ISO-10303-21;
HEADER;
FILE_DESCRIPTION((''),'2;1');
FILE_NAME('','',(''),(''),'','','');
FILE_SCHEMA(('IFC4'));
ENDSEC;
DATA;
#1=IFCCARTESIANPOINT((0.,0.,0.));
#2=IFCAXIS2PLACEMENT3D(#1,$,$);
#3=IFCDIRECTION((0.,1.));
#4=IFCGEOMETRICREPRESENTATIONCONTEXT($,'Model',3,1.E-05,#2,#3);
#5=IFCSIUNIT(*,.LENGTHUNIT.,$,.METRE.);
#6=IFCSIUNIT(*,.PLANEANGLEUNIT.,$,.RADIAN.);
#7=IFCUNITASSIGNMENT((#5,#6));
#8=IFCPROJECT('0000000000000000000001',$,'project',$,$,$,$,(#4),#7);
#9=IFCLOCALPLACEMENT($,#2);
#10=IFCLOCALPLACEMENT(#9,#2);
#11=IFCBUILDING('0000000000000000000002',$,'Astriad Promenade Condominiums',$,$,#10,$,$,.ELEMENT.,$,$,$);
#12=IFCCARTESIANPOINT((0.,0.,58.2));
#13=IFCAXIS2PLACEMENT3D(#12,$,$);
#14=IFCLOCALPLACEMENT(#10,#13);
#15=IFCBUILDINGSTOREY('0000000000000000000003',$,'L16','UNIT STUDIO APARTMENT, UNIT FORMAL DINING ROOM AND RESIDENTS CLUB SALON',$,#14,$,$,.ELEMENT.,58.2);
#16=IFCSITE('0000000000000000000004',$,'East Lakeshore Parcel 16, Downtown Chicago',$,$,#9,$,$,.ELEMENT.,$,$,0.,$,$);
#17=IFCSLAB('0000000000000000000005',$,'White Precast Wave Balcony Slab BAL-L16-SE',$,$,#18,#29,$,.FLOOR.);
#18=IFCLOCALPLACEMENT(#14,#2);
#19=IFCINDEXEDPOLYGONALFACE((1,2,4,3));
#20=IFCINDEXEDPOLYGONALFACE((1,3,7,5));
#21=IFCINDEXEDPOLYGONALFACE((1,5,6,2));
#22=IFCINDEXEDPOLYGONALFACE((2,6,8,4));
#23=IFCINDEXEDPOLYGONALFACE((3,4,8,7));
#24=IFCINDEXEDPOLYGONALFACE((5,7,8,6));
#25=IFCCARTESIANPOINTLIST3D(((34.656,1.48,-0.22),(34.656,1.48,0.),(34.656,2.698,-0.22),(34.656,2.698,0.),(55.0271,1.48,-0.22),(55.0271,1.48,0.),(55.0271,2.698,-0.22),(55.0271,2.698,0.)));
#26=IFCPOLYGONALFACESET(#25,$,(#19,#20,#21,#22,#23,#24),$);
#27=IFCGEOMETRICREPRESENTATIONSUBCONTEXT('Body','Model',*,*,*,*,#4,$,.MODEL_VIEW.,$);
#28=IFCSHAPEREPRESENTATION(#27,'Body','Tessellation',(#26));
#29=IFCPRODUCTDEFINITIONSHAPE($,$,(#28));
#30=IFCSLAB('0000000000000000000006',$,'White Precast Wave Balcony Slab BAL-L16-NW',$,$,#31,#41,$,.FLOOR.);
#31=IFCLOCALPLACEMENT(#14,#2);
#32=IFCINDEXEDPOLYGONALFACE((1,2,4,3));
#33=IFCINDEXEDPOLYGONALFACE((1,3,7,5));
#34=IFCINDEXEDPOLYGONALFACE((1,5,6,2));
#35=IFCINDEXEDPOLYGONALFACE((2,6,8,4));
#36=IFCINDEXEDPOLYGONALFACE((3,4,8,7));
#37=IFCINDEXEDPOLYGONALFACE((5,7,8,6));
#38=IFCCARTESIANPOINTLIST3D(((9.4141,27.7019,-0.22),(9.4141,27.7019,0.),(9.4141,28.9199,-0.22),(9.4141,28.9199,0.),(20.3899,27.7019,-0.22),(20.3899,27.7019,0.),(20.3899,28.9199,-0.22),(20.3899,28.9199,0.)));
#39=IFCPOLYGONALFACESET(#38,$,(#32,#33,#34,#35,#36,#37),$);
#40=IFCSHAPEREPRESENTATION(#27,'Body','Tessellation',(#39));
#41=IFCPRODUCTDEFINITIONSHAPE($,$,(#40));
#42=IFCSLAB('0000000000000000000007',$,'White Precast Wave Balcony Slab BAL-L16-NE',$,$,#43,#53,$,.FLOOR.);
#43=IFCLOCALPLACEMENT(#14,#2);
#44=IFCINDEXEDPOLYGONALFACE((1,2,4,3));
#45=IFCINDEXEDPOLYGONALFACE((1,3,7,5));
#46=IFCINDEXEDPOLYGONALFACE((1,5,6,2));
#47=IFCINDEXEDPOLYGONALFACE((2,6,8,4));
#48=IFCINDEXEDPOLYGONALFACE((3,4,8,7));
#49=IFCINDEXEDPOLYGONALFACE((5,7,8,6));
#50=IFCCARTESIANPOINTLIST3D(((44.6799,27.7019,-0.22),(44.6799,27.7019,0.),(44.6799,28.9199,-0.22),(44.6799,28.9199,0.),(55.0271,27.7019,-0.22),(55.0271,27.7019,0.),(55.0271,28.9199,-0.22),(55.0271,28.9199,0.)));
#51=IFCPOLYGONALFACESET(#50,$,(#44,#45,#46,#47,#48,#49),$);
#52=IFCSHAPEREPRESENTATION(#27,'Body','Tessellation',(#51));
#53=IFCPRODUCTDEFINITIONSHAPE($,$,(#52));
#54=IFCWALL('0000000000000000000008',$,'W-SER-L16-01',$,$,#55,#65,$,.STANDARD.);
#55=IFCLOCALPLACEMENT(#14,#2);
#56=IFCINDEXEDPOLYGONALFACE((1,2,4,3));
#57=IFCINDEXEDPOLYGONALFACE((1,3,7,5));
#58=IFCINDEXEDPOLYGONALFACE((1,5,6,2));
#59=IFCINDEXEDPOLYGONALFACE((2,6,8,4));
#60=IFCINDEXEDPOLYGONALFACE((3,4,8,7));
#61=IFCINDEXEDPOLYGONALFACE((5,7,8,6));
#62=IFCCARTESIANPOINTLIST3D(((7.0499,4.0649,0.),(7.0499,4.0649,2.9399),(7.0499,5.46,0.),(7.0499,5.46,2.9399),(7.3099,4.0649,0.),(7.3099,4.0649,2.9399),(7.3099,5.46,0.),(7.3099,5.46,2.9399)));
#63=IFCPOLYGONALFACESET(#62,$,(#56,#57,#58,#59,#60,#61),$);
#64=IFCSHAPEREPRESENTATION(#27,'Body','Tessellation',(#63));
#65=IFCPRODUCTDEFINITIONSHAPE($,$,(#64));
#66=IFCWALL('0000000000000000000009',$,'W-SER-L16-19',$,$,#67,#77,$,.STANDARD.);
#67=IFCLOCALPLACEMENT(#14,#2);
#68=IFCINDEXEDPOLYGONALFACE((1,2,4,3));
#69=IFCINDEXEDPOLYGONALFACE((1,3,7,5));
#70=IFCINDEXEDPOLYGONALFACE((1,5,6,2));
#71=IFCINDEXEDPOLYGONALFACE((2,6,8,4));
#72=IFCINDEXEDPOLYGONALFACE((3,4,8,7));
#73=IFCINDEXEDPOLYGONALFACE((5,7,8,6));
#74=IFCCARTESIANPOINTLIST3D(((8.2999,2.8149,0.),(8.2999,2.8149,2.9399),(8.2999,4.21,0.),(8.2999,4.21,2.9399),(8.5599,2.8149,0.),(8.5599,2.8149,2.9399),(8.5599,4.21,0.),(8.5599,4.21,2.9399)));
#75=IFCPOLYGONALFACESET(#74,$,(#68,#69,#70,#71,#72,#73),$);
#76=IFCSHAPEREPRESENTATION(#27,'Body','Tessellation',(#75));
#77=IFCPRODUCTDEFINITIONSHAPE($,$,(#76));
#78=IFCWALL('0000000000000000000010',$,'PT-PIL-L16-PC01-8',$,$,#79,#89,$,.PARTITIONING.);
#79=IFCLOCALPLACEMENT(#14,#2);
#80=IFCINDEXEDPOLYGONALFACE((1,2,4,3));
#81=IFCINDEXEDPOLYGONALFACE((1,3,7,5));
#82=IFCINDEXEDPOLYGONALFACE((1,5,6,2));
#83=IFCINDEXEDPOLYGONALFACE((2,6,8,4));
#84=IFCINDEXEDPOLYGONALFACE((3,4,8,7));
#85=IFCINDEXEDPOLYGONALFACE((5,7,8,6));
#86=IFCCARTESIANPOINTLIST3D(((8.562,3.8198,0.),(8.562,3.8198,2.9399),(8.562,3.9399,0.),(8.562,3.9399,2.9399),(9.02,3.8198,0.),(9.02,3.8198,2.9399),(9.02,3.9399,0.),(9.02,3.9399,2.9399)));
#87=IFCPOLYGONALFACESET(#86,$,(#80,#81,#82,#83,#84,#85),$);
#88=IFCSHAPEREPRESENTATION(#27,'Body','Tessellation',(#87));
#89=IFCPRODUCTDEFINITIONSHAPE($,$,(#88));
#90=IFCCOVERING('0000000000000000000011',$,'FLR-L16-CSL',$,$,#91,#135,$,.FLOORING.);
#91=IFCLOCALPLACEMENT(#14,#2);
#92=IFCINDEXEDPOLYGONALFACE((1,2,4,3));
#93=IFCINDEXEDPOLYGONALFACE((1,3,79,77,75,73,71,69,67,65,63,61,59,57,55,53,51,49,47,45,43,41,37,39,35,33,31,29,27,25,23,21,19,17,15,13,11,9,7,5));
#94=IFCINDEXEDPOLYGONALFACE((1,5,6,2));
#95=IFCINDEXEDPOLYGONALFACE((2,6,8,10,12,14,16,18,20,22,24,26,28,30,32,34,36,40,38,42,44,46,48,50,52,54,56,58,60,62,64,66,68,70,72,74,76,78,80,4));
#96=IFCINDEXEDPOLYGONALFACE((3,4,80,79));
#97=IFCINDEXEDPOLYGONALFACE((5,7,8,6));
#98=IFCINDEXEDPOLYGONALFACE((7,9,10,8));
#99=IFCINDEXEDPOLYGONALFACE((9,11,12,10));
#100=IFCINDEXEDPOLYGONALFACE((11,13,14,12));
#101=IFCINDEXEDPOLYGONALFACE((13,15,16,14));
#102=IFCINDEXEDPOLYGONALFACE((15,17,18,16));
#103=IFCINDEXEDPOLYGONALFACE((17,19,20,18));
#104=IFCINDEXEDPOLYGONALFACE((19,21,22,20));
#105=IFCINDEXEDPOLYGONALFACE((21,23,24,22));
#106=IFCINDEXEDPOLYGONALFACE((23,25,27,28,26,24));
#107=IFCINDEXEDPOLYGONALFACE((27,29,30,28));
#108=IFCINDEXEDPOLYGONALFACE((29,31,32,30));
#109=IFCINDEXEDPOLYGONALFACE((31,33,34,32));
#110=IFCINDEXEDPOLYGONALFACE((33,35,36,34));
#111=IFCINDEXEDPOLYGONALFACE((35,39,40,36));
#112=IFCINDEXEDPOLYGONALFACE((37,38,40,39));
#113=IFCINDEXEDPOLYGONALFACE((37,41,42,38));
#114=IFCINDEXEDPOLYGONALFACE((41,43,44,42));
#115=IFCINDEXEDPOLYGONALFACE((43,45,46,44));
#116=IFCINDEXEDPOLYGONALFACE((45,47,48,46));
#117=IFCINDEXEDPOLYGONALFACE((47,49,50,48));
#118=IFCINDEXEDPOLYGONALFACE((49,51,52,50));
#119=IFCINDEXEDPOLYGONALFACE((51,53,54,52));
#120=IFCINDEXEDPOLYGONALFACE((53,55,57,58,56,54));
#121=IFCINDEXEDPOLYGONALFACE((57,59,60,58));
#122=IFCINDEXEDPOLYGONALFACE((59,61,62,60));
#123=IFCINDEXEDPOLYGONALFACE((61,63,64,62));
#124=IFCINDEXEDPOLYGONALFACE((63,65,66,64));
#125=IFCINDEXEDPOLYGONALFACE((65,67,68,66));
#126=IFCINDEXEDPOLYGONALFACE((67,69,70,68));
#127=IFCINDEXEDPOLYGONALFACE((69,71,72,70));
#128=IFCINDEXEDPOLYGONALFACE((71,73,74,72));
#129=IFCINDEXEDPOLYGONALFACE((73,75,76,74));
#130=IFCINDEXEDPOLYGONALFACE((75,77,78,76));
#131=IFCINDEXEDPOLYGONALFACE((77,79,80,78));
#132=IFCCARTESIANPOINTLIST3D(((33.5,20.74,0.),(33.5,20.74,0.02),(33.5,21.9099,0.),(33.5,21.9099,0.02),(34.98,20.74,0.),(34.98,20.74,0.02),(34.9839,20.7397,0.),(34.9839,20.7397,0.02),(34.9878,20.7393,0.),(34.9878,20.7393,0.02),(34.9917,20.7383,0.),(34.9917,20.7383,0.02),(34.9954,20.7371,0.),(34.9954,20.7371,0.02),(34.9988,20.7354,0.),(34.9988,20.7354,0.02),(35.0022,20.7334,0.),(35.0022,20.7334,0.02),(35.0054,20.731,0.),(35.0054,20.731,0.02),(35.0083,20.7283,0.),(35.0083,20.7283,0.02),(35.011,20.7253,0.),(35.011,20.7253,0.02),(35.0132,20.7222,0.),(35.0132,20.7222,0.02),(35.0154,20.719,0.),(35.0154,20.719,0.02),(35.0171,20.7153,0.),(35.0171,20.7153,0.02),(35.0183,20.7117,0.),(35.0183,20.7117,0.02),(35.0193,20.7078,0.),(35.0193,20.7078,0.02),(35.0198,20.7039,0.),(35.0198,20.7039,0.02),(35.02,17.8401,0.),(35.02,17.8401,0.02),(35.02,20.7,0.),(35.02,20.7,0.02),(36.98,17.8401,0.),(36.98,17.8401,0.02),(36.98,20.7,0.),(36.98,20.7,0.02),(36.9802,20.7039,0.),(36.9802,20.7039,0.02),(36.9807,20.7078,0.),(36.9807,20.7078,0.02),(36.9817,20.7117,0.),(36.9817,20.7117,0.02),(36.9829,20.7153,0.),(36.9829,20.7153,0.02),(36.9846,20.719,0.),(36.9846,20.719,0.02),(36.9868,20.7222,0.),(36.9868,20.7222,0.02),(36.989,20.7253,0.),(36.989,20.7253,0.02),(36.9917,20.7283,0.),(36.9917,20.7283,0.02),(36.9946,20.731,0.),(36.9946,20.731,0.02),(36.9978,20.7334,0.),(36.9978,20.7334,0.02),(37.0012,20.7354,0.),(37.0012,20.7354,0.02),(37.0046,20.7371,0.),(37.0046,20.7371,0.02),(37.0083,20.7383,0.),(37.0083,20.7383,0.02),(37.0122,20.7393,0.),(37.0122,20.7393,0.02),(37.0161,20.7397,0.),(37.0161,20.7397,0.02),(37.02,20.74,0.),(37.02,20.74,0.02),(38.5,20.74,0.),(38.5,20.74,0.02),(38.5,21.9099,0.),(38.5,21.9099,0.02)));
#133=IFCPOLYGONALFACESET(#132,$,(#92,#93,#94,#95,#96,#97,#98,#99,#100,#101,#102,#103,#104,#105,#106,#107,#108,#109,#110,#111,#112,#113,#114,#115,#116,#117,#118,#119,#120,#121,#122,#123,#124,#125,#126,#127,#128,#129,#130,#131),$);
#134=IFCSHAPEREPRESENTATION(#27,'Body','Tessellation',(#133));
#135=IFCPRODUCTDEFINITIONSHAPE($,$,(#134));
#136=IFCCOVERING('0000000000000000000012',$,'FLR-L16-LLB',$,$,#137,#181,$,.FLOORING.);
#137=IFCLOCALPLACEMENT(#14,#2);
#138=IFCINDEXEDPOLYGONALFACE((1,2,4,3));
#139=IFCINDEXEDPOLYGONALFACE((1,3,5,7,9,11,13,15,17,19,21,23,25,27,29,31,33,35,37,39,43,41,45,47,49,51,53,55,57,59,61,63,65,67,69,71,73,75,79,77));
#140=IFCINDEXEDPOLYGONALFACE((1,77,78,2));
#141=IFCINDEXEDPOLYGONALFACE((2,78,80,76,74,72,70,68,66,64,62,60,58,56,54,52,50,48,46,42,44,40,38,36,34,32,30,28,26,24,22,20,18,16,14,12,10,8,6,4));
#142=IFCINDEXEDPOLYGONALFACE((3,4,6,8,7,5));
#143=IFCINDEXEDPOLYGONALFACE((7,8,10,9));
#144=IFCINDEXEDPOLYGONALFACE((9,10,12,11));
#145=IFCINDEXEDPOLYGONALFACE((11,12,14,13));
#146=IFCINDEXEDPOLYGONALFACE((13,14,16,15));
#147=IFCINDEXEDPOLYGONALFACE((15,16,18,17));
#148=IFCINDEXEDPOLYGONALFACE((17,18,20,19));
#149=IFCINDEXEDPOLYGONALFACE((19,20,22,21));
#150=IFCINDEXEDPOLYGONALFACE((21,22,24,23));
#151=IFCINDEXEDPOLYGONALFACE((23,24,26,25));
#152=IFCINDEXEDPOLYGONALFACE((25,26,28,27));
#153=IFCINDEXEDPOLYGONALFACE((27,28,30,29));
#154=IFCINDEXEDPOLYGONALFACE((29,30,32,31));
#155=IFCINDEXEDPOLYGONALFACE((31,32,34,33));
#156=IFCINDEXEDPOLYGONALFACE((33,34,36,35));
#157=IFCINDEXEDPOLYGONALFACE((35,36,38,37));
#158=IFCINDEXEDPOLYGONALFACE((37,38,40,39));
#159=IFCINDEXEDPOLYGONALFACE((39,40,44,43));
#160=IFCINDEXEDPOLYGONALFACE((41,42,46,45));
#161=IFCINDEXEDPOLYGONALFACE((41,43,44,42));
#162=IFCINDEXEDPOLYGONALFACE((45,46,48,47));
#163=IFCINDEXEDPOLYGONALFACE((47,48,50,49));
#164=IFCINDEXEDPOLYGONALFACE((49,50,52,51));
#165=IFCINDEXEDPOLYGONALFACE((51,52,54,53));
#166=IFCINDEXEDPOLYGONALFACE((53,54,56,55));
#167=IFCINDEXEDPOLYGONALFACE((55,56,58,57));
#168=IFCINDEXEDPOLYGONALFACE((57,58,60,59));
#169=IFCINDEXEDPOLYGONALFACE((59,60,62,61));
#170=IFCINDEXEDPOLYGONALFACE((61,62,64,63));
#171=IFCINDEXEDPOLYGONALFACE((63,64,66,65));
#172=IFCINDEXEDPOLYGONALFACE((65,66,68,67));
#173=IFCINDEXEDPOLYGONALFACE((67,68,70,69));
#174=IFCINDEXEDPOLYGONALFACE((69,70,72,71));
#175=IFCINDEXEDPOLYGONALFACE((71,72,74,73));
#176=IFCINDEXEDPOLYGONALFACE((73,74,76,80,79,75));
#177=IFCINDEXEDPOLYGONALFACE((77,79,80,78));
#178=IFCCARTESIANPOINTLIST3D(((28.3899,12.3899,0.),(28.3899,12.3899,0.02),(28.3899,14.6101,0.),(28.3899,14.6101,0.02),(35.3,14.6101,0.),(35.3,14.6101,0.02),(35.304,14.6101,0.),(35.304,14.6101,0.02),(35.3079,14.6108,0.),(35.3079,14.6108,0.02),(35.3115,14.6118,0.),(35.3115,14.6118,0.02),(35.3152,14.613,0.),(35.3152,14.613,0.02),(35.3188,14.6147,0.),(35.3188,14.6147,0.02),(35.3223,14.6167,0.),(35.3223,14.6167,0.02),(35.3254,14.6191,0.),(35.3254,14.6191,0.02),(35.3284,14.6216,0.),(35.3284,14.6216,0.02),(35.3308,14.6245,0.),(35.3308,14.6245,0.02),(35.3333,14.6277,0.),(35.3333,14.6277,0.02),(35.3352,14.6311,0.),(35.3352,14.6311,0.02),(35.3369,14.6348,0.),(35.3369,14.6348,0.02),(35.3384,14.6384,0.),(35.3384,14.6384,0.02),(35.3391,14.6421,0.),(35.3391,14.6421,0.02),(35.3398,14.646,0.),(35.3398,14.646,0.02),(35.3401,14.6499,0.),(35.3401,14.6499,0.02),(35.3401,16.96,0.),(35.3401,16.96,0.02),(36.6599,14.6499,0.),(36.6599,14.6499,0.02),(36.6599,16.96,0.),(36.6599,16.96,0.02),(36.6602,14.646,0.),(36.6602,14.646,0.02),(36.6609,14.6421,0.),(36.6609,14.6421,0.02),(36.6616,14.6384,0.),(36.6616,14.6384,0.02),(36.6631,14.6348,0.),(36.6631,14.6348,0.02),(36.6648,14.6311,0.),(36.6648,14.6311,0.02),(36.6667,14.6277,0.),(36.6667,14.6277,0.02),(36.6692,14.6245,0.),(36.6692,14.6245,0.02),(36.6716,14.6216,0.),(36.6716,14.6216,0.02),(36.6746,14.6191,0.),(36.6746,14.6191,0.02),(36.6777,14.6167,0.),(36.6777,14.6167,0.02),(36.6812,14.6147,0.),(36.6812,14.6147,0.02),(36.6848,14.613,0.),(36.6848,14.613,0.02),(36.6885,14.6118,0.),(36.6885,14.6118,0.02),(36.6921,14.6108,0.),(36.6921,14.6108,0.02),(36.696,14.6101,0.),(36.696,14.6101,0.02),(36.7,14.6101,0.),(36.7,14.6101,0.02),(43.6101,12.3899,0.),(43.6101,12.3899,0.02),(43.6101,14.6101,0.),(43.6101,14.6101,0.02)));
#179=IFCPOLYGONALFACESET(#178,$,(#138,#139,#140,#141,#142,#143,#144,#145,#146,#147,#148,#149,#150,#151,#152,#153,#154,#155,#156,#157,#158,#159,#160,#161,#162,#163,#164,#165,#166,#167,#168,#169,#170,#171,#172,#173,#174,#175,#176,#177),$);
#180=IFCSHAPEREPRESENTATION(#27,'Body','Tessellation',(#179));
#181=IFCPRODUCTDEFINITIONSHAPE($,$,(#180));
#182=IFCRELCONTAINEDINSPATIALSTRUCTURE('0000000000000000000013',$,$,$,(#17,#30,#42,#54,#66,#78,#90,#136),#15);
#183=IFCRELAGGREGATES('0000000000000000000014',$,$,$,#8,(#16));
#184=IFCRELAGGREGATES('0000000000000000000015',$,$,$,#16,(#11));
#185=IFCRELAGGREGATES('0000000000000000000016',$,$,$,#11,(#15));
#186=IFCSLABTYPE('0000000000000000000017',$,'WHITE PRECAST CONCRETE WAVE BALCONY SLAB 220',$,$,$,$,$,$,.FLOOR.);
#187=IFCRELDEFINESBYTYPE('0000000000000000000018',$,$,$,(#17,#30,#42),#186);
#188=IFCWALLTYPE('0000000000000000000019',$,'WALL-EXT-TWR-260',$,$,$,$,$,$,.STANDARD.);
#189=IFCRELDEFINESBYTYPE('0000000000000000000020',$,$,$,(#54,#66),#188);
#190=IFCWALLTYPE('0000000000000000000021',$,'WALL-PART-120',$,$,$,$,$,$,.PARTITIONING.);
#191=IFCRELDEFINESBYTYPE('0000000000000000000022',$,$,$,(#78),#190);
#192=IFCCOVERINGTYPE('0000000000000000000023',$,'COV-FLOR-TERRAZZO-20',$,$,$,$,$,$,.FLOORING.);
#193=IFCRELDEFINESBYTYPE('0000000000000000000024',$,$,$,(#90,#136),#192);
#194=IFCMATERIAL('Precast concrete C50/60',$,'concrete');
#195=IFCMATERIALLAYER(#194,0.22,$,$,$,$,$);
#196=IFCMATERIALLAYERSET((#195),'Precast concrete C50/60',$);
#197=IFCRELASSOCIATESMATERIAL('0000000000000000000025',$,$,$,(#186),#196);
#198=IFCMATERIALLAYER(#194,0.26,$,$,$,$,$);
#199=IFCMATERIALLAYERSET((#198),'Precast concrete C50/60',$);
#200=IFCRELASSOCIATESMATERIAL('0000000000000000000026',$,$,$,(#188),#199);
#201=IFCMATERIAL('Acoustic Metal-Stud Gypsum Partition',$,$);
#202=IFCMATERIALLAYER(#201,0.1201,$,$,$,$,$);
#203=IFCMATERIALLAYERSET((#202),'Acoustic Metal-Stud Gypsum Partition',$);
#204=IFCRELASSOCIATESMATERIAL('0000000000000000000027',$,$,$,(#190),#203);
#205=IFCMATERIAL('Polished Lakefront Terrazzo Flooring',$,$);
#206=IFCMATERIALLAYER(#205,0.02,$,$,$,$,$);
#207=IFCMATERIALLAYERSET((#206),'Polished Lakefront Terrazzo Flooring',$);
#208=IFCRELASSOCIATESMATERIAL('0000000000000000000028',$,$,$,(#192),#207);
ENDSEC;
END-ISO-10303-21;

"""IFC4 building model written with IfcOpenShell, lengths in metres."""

from ifc_helpers import new_model, si_unit, direction, frame, frame_2d, origin, place, context, subcontext, project, spatial, polyline, rectangle, outline, extrude, material, layer, layer_set, type_object, element, save


model = new_model("IFC4")

# Units and contexts
model_context = context("Model", 3, precision=1e-05, world=origin(), true_north=direction((0.0, 1.0)))
body_context = subcontext(model_context, "Body", "Model", "MODEL_VIEW")
ifc_project = project(units=[si_unit("LENGTHUNIT", "METRE"), si_unit("PLANEANGLEUNIT", "RADIAN")], contexts=[model_context])

# Site, building, storey
site_placement = place(None, origin())
site = spatial("IfcSite", under=ifc_project, at=site_placement, Name="East Lakeshore Parcel 16, Downtown Chicago", CompositionType="ELEMENT", RefElevation=0.0)
building_placement = place(site_placement, origin())
building = spatial("IfcBuilding", under=site, at=building_placement, Name="Astriad Promenade Condominiums", CompositionType="ELEMENT")
storey_placement = place(building_placement, frame((0.0, 0.0, 58.2)))
storey = spatial("IfcBuildingStorey", under=building, at=storey_placement, Name="L16", Description="UNIT STUDIO APARTMENT, UNIT FORMAL DINING ROOM AND RESIDENTS CLUB SALON", CompositionType="ELEMENT", Elevation=58.2)

# Slabs
ifc_material_1 = material(Name="Precast concrete C50/60", Category="concrete")
ifc_layer_1 = layer(ifc_material_1, 0.22)
ifc_layer_set_1 = layer_set([ifc_layer_1], Name="Precast concrete C50/60")
slab_type_1 = type_object("IfcSlabType", Name="WHITE PRECAST CONCRETE WAVE BALCONY SLAB 220", PredefinedType="FLOOR", material=ifc_layer_set_1)
slab_1_placement = place(storey_placement, frame((0.0, 0.0, -0.22)))
element("IfcSlab", 1, at=slab_1_placement, inside=storey, type_object=slab_type_1, Name="White Precast Wave Balcony Slab BAL-L16-SE", PredefinedType="FLOOR", context=body_context, shape_type="SweptSolid", body=[
    extrude(outline(polyline([(55.0271, 1.48), (34.656, 1.48), (34.656, 2.698), (55.0271, 2.698), (55.0271, 1.48)])), origin(), (0.0, 0.0, 1.0), 0.22),
])
slab_2_placement = place(storey_placement, frame((0.0, 0.0, -0.22)))
element("IfcSlab", 2, at=slab_2_placement, inside=storey, type_object=slab_type_1, Name="White Precast Wave Balcony Slab BAL-L16-NW", PredefinedType="FLOOR", context=body_context, shape_type="SweptSolid", body=[
    extrude(outline(polyline([(9.4141, 28.9199), (20.3899, 28.9199), (20.3899, 27.7019), (9.4141, 27.7019), (9.4141, 28.9199)])), origin(), (0.0, 0.0, 1.0), 0.22),
])
slab_3_placement = place(storey_placement, frame((0.0, 0.0, -0.22)))
element("IfcSlab", 3, at=slab_3_placement, inside=storey, type_object=slab_type_1, Name="White Precast Wave Balcony Slab BAL-L16-NE", PredefinedType="FLOOR", context=body_context, shape_type="SweptSolid", body=[
    extrude(outline(polyline([(44.6799, 28.9199), (55.0271, 28.9199), (55.0271, 27.7019), (44.6799, 27.7019), (44.6799, 28.9199)])), origin(), (0.0, 0.0, 1.0), 0.22),
])

# Walls
ifc_layer_2 = layer(ifc_material_1, 0.26)
ifc_layer_set_2 = layer_set([ifc_layer_2], Name="Precast concrete C50/60")
wall_type_1 = type_object("IfcWallType", Name="WALL-EXT-TWR-260", PredefinedType="STANDARD", material=ifc_layer_set_2)
for number, where, z_axis, x_axis, name in (
    (4, (7.1799, 4.0649, 0.0), (0.0, 0.0, 1.0), (0.0, 1.0, 0.0), "W-SER-L16-01"),
    (5, (8.4299, 2.8149, 0.0), (0.0, 0.0, 1.0), (0.0, 1.0, 0.0), "W-SER-L16-19"),
):
    element("IfcWall", number, at=place(storey_placement, frame(where, z_axis=z_axis, x_axis=x_axis)), inside=storey, type_object=wall_type_1, Name=name, PredefinedType="STANDARD", context=body_context, shape_type="SweptSolid", body=[
        extrude(rectangle(XDim=1.395, YDim=0.26, at=frame_2d((0.6975, 0.0))), origin(), (0.0, 0.0, 1.0), 2.9399),
    ])
ifc_material_2 = material(Name="Acoustic Metal-Stud Gypsum Partition")
ifc_layer_3 = layer(ifc_material_2, 0.1201)
ifc_layer_set_3 = layer_set([ifc_layer_3], Name="Acoustic Metal-Stud Gypsum Partition")
wall_type_2 = type_object("IfcWallType", Name="WALL-PART-120", PredefinedType="PARTITIONING", material=ifc_layer_set_3)
wall_placement = place(storey_placement, frame((9.02, 3.8799, 0.0), z_axis=(0.0, 0.0, 1.0), x_axis=(-1.0, 0.0, 0.0)))
element("IfcWall", 6, at=wall_placement, inside=storey, type_object=wall_type_2, Name="PT-PIL-L16-PC01-8", PredefinedType="PARTITIONING", context=body_context, shape_type="SweptSolid", body=[
    extrude(rectangle(XDim=0.458, YDim=0.1201, at=frame_2d((0.229, 0.0))), origin(), (0.0, 0.0, 1.0), 2.9399),
])

# Coverings
ifc_material_3 = material(Name="Polished Lakefront Terrazzo Flooring")
ifc_layer_4 = layer(ifc_material_3, 0.02)
ifc_layer_set_4 = layer_set([ifc_layer_4], Name="Polished Lakefront Terrazzo Flooring")
covering_type = type_object("IfcCoveringType", Name="COV-FLOR-TERRAZZO-20", PredefinedType="FLOORING", material=ifc_layer_set_4)
covering_1_placement = place(storey_placement, origin())
element("IfcCovering", 7, at=covering_1_placement, inside=storey, type_object=covering_type, Name="FLR-L16-CSL", PredefinedType="FLOORING", context=body_context, shape_type="SweptSolid", body=[
    extrude(outline(polyline([(36.98, 20.7), (36.98, 17.8401), (35.02, 17.8401), (35.02, 20.7), (35.0198, 20.7039), (35.0193, 20.7078), (35.0183, 20.7117), (35.0171, 20.7153), (35.0154, 20.719), (35.0132, 20.7222), (35.011, 20.7253), (35.0083, 20.7283), (35.0054, 20.731), (35.0022, 20.7334), (34.9988, 20.7354), (34.9954, 20.7371), (34.9917, 20.7383), (34.9878, 20.7393), (34.9839, 20.7397), (34.98, 20.74), (33.5, 20.74), (33.5, 21.9099), (38.5, 21.9099), (38.5, 20.74), (37.02, 20.74), (37.0161, 20.7397), (37.0122, 20.7393), (37.0083, 20.7383), (37.0046, 20.7371), (37.0012, 20.7354), (36.9978, 20.7334), (36.9946, 20.731), (36.9917, 20.7283), (36.989, 20.7253), (36.9868, 20.7222), (36.9846, 20.719), (36.9829, 20.7153), (36.9817, 20.7117), (36.9807, 20.7078), (36.9802, 20.7039), (36.98, 20.7)])), origin(), (0.0, 0.0, 1.0), 0.02),
])
covering_2_placement = place(storey_placement, origin())
element("IfcCovering", 8, at=covering_2_placement, inside=storey, type_object=covering_type, Name="FLR-L16-LLB", PredefinedType="FLOORING", context=body_context, shape_type="SweptSolid", body=[
    extrude(outline(polyline([(43.6101, 14.6101), (43.6101, 12.3899), (28.3899, 12.3899), (28.3899, 14.6101), (35.3, 14.6101), (35.304, 14.6101), (35.3079, 14.6108), (35.3115, 14.6118), (35.3152, 14.613), (35.3188, 14.6147), (35.3223, 14.6167), (35.3254, 14.6191), (35.3284, 14.6216), (35.3308, 14.6245), (35.3333, 14.6277), (35.3352, 14.6311), (35.3369, 14.6348), (35.3384, 14.6384), (35.3391, 14.6421), (35.3398, 14.646), (35.3401, 14.6499), (35.3401, 16.96), (36.6599, 16.96), (36.6599, 14.6499), (36.6602, 14.646), (36.6609, 14.6421), (36.6616, 14.6384), (36.6631, 14.6348), (36.6648, 14.6311), (36.6667, 14.6277), (36.6692, 14.6245), (36.6716, 14.6216), (36.6746, 14.6191), (36.6777, 14.6167), (36.6812, 14.6147), (36.6848, 14.613), (36.6885, 14.6118), (36.6921, 14.6108), (36.696, 14.6101), (36.7, 14.6101), (43.6101, 14.6101)])), origin(), (0.0, 0.0, 1.0), 0.02),
])

save(model, "model.ifc")
